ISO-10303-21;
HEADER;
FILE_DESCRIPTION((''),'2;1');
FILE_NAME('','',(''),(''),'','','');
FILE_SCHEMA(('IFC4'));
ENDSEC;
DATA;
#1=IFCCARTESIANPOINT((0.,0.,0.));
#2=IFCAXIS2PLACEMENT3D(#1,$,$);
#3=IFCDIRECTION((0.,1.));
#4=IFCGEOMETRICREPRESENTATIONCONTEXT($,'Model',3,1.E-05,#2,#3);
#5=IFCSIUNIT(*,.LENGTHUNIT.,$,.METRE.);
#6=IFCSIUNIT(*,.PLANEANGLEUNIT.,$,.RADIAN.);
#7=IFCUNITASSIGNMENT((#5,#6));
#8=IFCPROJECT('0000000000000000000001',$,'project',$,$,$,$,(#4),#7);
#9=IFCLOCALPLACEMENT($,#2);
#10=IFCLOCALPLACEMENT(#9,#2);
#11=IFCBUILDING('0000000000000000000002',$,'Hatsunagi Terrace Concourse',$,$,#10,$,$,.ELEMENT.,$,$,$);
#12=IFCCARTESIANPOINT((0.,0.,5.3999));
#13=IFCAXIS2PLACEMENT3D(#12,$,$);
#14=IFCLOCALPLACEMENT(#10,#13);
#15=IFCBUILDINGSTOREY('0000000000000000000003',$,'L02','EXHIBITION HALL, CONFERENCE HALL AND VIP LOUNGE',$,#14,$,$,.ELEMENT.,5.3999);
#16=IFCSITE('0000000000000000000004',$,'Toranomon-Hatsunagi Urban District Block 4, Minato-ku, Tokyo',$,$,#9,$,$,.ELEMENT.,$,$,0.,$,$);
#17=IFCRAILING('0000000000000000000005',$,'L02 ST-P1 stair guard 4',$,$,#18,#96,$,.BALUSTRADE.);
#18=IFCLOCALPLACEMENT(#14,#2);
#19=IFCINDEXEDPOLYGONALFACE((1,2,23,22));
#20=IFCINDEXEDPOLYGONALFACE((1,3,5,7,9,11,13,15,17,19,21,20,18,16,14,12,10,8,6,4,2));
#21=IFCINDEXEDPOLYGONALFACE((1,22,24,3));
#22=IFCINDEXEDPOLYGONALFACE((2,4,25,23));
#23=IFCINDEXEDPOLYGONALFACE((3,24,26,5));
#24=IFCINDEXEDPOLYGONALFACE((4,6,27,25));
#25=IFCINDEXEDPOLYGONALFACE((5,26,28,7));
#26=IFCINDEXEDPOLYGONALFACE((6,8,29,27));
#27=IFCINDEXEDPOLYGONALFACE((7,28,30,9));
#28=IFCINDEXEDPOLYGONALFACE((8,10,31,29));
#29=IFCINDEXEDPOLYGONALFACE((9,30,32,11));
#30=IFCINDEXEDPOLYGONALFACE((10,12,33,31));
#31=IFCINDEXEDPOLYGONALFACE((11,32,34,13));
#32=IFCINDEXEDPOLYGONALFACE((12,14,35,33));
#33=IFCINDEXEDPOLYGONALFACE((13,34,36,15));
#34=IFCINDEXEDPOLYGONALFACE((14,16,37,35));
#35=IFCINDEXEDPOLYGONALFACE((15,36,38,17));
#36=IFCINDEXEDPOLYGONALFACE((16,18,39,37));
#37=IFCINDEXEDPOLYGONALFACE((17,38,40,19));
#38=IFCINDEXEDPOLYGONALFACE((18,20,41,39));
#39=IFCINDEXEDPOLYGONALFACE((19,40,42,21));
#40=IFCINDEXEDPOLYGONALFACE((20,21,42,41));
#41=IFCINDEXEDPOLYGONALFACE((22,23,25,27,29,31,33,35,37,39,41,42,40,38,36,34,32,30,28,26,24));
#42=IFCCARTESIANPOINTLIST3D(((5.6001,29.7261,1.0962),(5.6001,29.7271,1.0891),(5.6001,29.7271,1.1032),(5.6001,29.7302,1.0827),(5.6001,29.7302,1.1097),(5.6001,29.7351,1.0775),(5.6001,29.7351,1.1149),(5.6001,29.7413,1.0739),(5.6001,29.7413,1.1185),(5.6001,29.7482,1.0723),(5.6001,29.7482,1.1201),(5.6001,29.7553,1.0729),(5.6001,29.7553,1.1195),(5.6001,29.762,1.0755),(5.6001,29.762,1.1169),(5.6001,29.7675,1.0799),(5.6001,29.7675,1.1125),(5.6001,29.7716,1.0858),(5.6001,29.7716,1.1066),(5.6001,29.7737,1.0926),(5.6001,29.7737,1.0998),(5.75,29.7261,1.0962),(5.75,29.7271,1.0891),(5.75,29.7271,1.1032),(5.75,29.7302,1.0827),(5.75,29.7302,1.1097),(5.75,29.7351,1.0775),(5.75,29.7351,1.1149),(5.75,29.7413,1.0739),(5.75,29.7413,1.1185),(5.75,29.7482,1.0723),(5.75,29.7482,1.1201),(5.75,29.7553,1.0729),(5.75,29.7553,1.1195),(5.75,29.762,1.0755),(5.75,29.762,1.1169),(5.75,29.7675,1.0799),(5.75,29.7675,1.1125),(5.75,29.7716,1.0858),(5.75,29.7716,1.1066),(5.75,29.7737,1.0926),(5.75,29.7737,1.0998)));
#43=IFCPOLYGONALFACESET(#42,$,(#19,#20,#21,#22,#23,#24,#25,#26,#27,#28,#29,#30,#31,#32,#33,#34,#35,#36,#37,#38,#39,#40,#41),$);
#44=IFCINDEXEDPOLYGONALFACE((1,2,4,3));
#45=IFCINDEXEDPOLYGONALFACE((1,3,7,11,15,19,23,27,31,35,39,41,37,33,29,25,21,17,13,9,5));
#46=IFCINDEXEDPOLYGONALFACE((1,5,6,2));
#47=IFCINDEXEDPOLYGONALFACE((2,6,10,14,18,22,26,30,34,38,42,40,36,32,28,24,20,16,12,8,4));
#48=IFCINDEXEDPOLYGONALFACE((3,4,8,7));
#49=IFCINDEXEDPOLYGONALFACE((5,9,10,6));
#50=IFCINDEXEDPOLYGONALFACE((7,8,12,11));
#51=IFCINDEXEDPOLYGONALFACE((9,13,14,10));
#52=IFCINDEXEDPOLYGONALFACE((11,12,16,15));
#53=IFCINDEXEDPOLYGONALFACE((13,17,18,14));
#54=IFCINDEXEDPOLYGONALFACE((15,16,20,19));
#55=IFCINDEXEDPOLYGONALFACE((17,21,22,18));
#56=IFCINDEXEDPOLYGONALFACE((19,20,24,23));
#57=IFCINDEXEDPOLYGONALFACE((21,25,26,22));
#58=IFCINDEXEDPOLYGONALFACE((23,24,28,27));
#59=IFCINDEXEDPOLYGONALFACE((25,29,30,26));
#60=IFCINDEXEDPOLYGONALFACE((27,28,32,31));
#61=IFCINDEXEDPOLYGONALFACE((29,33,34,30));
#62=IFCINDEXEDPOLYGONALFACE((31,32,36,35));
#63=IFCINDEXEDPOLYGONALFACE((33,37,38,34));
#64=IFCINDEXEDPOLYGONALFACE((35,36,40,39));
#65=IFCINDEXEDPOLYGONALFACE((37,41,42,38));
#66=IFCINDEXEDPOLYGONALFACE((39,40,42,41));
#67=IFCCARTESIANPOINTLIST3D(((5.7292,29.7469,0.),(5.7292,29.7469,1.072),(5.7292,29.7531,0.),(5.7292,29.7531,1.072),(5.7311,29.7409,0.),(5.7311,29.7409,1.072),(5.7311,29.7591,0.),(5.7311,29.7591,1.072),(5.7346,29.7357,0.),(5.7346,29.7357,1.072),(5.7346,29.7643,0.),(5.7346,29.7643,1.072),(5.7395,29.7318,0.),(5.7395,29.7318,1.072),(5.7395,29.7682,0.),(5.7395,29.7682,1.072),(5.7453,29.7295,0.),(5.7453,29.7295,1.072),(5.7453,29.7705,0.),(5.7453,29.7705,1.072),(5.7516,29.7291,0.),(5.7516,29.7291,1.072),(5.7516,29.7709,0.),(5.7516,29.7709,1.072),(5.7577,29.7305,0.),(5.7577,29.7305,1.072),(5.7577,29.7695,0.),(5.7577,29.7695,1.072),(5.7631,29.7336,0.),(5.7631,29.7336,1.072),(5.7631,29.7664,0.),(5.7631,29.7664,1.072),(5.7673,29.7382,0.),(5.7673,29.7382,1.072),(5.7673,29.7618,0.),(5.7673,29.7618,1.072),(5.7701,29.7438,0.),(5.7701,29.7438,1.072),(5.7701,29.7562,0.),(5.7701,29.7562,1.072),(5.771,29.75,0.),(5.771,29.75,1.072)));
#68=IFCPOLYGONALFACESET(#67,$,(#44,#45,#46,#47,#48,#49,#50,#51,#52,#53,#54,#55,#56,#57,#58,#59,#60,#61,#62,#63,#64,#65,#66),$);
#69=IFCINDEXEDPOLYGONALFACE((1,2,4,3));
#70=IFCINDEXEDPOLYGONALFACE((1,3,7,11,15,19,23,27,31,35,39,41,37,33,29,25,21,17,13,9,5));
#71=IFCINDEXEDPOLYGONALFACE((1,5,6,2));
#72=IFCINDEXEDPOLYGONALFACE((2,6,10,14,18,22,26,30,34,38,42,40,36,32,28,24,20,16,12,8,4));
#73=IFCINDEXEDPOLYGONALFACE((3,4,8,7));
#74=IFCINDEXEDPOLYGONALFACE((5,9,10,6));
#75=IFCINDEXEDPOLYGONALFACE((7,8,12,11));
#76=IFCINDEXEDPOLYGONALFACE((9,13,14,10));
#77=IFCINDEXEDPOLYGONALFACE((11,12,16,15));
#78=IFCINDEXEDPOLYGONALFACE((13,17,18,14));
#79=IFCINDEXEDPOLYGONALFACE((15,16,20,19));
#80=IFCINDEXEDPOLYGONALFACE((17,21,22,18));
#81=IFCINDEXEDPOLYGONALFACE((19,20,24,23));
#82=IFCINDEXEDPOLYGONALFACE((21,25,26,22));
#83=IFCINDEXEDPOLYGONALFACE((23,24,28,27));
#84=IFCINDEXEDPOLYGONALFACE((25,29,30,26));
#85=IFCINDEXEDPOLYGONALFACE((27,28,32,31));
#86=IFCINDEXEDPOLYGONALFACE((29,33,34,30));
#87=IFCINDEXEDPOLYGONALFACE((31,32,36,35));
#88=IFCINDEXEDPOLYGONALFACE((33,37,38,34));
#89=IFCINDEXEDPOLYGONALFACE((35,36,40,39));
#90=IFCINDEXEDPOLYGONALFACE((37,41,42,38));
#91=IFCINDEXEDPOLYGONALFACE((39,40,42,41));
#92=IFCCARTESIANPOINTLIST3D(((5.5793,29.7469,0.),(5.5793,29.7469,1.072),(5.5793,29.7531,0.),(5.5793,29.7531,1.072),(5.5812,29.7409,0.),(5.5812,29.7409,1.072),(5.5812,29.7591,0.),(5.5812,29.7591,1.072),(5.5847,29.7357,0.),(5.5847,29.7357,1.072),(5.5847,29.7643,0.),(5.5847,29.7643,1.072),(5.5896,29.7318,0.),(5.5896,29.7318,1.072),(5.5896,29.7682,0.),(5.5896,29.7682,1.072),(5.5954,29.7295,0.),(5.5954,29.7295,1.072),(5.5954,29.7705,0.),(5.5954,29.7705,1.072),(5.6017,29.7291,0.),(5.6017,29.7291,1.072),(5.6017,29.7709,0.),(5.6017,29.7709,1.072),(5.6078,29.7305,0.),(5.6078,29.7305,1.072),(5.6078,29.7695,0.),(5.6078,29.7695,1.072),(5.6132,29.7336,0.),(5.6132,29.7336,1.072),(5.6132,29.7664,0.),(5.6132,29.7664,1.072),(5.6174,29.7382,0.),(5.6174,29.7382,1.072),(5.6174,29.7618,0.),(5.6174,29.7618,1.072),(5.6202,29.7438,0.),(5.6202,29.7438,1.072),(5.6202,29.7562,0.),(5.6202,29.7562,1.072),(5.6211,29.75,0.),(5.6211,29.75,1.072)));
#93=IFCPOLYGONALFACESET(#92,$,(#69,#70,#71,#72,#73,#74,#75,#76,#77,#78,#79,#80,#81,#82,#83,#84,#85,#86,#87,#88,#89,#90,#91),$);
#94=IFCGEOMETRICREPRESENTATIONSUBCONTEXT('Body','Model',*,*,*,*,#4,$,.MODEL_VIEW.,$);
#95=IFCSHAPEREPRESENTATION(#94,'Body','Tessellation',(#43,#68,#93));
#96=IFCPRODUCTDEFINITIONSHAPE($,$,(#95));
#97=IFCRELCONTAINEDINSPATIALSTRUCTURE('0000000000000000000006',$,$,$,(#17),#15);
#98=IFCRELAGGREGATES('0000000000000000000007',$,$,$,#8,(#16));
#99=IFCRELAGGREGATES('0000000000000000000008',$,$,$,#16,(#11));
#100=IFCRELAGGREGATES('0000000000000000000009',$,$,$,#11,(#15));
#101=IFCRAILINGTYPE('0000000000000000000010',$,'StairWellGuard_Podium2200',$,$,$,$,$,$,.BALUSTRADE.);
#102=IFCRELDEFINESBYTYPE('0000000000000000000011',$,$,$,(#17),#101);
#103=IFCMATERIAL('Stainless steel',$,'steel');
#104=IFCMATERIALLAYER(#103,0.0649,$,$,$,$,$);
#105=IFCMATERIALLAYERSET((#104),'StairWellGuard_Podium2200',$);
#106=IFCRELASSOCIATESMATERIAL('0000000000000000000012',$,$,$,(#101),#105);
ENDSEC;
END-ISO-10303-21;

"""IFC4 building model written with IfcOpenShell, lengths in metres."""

from ifc_helpers import new_model, si_unit, direction, frame, origin, origin_2d, place, context, subcontext, project, spatial, circle, extrude, material, layer, layer_set, type_object, element, save


model = new_model("IFC4")

# Units and contexts
model_context = context("Model", 3, precision=1e-05, world=origin(), true_north=direction((0.0, 1.0)))
body_context = subcontext(model_context, "Body", "Model", "MODEL_VIEW")
ifc_project = project(units=[si_unit("LENGTHUNIT", "METRE"), si_unit("PLANEANGLEUNIT", "RADIAN")], contexts=[model_context])

# Site, building, storey
site_placement = place(None, origin())
site = spatial("IfcSite", under=ifc_project, at=site_placement, Name="Toranomon-Hatsunagi Urban District Block 4, Minato-ku, Tokyo", CompositionType="ELEMENT", RefElevation=0.0)
building_placement = place(site_placement, origin())
building = spatial("IfcBuilding", under=site, at=building_placement, Name="Hatsunagi Terrace Concourse", CompositionType="ELEMENT")
storey_placement = place(building_placement, frame((0.0, 0.0, 5.3999)))
storey = spatial("IfcBuildingStorey", under=building, at=storey_placement, Name="L02", Description="EXHIBITION HALL, CONFERENCE HALL AND VIP LOUNGE", CompositionType="ELEMENT", Elevation=5.3999)

# Railing
ifc_material_1 = material(Name="Stainless steel", Category="steel")
ifc_layer_1 = layer(ifc_material_1, 0.0649)
ifc_layer_set_1 = layer_set([ifc_layer_1], Name="StairWellGuard_Podium2200")
railing_type_1 = type_object("IfcRailingType", Name="StairWellGuard_Podium2200", PredefinedType="BALUSTRADE", material=ifc_layer_set_1)
railing_1_placement = place(storey_placement, frame((5.75, 29.75, 0.0)))
element("IfcRailing", 1, at=railing_1_placement, inside=storey, type_object=railing_type_1, Name="L02 ST-P1 stair guard 4", PredefinedType="BALUSTRADE", context=body_context, shape_type="SweptSolid", body=[
    extrude(circle(Radius=0.0239, at=origin_2d()), frame((0.0, 0.0, 1.0962), z_axis=(-1.0, 0.0, 0.0), x_axis=(0.0, -1.0, 0.0)), (0.0, 0.0, 1.0), 0.1499),
    extrude(circle(Radius=0.021, at=origin_2d()), origin(), (0.0, 0.0, 1.0), 1.072),
    extrude(circle(Radius=0.021, at=origin_2d()), frame((-0.1499, 0.0, 0.0)), (0.0, 0.0, 1.0), 1.072),
])

save(model, "model.ifc")
